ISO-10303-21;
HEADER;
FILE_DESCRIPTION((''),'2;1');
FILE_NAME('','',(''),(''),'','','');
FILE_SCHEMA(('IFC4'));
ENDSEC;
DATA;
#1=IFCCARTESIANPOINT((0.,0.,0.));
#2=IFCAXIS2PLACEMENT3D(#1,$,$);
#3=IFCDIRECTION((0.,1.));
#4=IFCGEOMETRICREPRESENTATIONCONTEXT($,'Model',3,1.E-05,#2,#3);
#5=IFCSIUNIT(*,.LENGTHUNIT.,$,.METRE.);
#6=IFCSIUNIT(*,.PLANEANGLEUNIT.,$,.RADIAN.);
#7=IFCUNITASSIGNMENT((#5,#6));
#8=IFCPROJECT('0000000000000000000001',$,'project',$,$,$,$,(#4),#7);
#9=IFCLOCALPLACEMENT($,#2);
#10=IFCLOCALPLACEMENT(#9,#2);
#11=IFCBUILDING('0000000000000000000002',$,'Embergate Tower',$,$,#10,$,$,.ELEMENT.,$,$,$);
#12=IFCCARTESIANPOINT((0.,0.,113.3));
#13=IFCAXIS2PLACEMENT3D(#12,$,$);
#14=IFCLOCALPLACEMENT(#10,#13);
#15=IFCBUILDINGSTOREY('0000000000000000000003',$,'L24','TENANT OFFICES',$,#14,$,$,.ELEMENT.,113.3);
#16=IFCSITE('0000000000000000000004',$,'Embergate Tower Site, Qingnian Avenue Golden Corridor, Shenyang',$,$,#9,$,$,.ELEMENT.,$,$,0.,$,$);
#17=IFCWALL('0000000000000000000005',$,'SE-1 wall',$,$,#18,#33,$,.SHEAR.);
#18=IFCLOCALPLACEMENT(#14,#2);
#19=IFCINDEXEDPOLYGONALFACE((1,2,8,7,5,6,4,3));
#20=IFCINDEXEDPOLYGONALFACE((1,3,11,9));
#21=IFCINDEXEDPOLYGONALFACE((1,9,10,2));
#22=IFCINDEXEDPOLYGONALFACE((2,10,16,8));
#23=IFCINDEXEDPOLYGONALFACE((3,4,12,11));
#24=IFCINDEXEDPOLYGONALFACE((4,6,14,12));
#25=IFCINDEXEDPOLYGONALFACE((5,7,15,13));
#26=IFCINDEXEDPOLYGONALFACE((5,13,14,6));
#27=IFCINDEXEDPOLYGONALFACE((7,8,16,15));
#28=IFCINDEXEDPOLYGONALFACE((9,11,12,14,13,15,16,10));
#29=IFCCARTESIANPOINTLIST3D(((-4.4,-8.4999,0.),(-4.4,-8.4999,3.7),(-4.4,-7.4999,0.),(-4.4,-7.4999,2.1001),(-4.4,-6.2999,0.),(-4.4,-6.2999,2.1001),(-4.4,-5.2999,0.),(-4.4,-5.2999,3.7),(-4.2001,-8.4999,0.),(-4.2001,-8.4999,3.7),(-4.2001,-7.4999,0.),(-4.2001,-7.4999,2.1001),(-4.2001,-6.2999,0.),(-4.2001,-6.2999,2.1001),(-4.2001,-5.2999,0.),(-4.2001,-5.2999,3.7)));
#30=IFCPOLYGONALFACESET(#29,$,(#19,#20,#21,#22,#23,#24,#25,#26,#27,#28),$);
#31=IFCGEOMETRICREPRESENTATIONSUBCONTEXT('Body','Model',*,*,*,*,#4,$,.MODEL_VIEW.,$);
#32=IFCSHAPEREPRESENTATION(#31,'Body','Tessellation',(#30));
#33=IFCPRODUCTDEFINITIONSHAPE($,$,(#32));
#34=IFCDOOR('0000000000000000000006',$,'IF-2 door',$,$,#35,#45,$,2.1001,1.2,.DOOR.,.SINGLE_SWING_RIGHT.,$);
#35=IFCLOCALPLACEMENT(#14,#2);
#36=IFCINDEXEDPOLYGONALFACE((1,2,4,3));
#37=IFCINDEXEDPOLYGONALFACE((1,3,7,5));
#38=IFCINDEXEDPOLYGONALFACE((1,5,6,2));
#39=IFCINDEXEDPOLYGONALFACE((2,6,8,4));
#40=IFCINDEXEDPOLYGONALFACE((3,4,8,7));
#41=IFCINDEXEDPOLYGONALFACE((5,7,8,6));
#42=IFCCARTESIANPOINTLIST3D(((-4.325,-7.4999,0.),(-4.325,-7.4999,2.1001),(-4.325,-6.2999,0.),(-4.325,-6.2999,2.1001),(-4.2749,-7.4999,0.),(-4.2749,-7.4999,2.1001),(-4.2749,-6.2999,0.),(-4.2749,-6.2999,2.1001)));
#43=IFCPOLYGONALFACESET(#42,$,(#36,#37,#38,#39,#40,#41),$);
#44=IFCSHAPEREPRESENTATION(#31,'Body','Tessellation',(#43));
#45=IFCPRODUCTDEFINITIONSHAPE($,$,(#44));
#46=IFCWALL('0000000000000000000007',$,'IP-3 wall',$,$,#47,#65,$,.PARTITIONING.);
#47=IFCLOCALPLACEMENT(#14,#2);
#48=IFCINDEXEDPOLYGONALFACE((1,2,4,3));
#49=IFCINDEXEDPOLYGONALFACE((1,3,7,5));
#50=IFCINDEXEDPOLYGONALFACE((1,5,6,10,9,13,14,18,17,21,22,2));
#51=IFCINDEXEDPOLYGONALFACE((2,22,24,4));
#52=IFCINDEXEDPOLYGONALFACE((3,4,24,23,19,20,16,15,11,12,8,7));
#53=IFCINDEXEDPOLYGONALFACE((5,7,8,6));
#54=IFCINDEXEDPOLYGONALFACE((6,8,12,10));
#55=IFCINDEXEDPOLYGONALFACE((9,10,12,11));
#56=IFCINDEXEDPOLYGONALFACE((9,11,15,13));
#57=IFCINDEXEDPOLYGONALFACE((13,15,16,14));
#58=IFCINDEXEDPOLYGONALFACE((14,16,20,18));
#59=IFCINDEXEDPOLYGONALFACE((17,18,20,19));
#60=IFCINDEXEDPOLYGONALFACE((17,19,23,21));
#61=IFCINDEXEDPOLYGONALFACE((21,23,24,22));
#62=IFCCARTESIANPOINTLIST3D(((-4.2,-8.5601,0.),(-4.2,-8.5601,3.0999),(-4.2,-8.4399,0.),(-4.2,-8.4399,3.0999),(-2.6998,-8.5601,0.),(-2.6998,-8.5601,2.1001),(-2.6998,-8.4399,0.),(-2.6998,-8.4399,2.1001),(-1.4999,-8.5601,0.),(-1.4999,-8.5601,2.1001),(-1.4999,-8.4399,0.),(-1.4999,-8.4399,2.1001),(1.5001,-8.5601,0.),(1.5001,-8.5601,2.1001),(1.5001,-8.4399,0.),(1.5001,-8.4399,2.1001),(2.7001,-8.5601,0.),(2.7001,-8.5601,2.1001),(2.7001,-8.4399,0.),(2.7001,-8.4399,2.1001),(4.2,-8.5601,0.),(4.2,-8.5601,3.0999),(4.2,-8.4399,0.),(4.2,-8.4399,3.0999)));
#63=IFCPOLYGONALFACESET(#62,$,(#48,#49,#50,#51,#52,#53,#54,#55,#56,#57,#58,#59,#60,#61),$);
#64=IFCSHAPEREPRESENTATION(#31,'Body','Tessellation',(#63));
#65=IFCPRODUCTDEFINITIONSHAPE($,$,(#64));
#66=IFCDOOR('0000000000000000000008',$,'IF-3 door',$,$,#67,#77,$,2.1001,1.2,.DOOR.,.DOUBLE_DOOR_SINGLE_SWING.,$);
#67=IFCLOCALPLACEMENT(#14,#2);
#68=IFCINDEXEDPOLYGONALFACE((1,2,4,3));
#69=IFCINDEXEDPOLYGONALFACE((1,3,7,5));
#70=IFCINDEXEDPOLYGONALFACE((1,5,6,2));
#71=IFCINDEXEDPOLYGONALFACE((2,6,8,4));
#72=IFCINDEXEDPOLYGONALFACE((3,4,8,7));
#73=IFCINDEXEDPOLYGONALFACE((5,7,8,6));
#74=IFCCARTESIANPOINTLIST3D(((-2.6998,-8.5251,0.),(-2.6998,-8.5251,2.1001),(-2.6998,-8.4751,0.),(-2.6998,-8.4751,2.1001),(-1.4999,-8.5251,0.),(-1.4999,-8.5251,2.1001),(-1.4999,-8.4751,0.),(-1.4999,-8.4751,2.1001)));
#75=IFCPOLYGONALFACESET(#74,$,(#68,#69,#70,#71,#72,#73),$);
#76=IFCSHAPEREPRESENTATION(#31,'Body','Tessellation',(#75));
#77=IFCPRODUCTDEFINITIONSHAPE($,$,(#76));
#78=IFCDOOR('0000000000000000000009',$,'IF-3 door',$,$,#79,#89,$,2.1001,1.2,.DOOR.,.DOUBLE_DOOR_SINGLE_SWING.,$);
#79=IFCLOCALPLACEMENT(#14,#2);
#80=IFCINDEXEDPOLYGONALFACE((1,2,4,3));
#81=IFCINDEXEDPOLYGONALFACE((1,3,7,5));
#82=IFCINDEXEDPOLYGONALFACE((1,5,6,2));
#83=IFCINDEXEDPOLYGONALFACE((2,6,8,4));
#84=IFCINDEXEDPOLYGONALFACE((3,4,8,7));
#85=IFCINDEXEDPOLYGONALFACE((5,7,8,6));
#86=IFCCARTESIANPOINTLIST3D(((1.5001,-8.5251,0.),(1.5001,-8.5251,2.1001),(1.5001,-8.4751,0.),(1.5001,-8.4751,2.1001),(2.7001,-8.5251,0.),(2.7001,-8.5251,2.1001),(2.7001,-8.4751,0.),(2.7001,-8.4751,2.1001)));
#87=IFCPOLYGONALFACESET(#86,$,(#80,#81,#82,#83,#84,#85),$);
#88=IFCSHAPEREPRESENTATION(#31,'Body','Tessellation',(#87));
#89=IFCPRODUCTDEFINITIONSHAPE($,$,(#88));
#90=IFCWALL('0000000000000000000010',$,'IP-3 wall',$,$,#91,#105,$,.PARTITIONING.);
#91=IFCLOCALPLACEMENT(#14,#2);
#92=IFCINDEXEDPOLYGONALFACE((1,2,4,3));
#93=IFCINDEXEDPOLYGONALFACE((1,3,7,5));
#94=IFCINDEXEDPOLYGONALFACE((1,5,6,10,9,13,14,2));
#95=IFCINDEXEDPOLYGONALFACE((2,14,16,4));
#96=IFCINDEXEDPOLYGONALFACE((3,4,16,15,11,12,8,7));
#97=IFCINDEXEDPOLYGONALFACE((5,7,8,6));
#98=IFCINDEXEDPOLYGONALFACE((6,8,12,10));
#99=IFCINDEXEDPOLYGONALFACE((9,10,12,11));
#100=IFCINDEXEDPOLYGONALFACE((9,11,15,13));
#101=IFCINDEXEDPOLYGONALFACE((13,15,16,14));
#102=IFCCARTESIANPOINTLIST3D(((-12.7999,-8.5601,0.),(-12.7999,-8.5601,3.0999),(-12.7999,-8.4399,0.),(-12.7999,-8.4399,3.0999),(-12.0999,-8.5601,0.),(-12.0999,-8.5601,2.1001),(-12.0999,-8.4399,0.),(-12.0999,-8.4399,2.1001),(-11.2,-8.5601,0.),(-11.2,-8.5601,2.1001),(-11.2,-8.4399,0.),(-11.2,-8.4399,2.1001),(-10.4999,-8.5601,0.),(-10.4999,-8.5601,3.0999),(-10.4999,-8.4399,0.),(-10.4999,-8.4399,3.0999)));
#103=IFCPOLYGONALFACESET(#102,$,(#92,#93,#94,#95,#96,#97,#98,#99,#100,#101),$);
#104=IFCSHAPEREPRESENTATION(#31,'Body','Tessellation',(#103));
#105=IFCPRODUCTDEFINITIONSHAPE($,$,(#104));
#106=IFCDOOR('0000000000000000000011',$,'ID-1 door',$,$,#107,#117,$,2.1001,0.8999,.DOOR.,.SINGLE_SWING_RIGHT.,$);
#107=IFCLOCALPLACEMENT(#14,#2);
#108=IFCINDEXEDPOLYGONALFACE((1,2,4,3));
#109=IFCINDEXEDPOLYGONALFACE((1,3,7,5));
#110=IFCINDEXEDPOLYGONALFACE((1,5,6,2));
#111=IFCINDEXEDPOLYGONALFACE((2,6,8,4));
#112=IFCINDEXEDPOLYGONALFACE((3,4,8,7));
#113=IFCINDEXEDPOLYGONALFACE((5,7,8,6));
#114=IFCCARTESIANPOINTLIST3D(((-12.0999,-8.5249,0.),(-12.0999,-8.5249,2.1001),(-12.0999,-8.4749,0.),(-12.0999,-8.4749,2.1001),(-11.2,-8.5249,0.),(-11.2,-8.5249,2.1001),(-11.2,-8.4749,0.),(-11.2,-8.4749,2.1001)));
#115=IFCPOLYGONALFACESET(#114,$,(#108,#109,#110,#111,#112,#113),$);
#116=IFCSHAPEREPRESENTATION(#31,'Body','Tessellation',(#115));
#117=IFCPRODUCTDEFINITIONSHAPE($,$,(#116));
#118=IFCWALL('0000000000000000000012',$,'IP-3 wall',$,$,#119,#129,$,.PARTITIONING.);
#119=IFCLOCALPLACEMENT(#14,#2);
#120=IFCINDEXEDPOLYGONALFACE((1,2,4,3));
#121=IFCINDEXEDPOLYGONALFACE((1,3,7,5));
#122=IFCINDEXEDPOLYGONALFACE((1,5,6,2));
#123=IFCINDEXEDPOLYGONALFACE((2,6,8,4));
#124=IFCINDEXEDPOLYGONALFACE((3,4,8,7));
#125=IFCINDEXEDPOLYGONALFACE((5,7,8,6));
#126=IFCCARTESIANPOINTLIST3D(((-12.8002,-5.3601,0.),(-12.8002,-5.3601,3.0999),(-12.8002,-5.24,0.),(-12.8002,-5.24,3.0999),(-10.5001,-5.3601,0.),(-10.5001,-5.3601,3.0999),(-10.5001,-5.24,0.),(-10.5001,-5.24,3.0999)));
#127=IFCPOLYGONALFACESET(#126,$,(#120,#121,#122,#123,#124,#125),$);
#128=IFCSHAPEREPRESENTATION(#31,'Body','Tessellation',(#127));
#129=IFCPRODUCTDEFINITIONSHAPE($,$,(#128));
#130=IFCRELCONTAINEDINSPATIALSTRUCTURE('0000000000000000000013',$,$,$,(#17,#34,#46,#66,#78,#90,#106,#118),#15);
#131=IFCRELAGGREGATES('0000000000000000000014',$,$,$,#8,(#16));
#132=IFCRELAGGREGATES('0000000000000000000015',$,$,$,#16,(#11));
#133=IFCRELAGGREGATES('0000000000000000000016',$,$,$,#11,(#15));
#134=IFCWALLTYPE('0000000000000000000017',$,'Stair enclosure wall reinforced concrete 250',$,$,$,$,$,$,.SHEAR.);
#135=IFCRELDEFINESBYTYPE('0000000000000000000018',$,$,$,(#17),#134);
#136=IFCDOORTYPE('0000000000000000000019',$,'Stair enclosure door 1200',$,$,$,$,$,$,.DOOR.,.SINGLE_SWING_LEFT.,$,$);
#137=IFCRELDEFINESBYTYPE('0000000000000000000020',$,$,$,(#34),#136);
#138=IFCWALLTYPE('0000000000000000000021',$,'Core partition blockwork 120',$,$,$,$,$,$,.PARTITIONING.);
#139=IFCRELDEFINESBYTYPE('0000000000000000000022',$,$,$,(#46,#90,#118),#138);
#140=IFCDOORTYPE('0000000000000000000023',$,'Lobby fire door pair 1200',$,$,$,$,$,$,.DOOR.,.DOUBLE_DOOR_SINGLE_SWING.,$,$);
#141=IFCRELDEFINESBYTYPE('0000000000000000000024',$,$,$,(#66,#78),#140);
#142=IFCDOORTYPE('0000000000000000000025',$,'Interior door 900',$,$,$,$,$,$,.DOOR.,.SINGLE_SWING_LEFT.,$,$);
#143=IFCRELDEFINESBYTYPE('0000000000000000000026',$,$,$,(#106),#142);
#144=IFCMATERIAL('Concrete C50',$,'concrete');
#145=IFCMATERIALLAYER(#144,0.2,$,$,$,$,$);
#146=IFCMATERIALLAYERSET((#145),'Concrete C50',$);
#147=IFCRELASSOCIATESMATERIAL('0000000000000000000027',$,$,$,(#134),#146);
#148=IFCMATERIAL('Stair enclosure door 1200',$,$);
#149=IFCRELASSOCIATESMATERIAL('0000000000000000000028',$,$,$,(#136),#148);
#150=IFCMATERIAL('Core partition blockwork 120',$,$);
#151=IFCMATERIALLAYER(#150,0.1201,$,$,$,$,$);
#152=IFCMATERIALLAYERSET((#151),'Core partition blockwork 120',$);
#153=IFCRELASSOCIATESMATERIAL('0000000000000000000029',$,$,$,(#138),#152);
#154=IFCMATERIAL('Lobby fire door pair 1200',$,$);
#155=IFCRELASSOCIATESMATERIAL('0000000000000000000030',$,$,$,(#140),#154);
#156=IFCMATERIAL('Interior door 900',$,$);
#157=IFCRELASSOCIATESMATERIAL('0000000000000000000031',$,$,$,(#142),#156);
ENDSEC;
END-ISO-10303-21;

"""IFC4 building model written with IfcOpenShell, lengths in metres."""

from ifc_helpers import new_model, si_unit, direction, frame, frame_2d, origin, place, context, subcontext, project, spatial, rectangle, extrude, source, transform, mapped, material, layer, layer_set, type_object, element, fill, save


model = new_model("IFC4")

# Units and contexts
model_context = context("Model", 3, precision=1e-05, world=origin(), true_north=direction((0.0, 1.0)))
body_context = subcontext(model_context, "Body", "Model", "MODEL_VIEW")
ifc_project = project(units=[si_unit("LENGTHUNIT", "METRE"), si_unit("PLANEANGLEUNIT", "RADIAN")], contexts=[model_context])

# Site, building, storey
site_placement = place(None, origin())
site = spatial("IfcSite", under=ifc_project, at=site_placement, Name="Embergate Tower Site, Qingnian Avenue Golden Corridor, Shenyang", CompositionType="ELEMENT", RefElevation=0.0)
building_placement = place(site_placement, origin())
building = spatial("IfcBuilding", under=site, at=building_placement, Name="Embergate Tower", CompositionType="ELEMENT")
storey_placement = place(building_placement, frame((0.0, 0.0, 113.3)))
storey = spatial("IfcBuildingStorey", under=building, at=storey_placement, Name="L24", Description="TENANT OFFICES", CompositionType="ELEMENT", Elevation=113.3)

# Shared definitions
ifc_material_1 = material(Name="Concrete C50", Category="concrete")
ifc_layer_1 = layer(ifc_material_1, 0.2)
ifc_layer_set_1 = layer_set([ifc_layer_1], Name="Concrete C50")
wall_type_1 = type_object("IfcWallType", Name="Stair enclosure wall reinforced concrete 250", PredefinedType="SHEAR", material=ifc_layer_set_1)

# Wall, opening, door
shared_shape_1 = source(origin(), body_context, "Body", "SweptSolid", [
    extrude(rectangle(XDim=3.2, YDim=0.2, at=frame_2d((1.6001, 0.0))), origin(), (0.0, 0.0, 1.0), 3.7),
])
wall_1_placement = place(storey_placement, frame((-4.3, -8.5, 0.0), z_axis=(0.0, 0.0, 1.0), x_axis=(0.0, 1.0, 0.0)))
wall_1 = element("IfcWall", 1, at=wall_1_placement, inside=storey, type_object=wall_type_1, Name="SE-1 wall", PredefinedType="SHEAR", context=body_context, shape_type="MappedRepresentation", body=[
    mapped(shared_shape_1, transform((0.0, 0.0, 0.0))),
])
shared_shape_2 = source(origin(), body_context, "Body", "SweptSolid", [
    extrude(rectangle(XDim=1.2, YDim=2.1001, at=frame_2d((0.6001, 1.05))), frame((0.0, 0.1099, 0.0), z_axis=(0.0, -1.0, 0.0), x_axis=(1.0, 0.0, 0.0)), (0.0, 0.0, 1.0), 0.22),
])
opening_1_placement = place(wall_1_placement, frame((1.0, 0.0, 0.0)))
opening_1 = element("IfcOpeningElement", 2, at=opening_1_placement, cuts=wall_1, PredefinedType="OPENING", context=body_context, shape_type="MappedRepresentation", body=[
    mapped(shared_shape_2, transform((0.0, 0.0, 0.0))),
])
ifc_material_2 = material(Name="Stair enclosure door 1200")
door_type_1 = type_object("IfcDoorType", Name="Stair enclosure door 1200", OperationType="SINGLE_SWING_LEFT", PredefinedType="DOOR", material=ifc_material_2)
shared_shape_3 = source(origin(), body_context, "Body", "SweptSolid", [
    extrude(rectangle(XDim=1.2, YDim=2.1001, at=frame_2d((0.6001, 1.05))), frame((0.0, 0.0249, 0.0), z_axis=(0.0, -1.0, 0.0), x_axis=(1.0, 0.0, 0.0)), (0.0, 0.0, 1.0), 0.05),
])
door_1_placement = place(opening_1_placement, origin())
door_1 = element("IfcDoor", 3, at=door_1_placement, inside=storey, type_object=door_type_1, Name="IF-2 door", OperationType="SINGLE_SWING_RIGHT", OverallHeight=2.1001, OverallWidth=1.2, PredefinedType="DOOR", context=body_context, shape_type="MappedRepresentation", body=[
    mapped(shared_shape_3, transform((0.0, 0.0, 0.0))),
])
fill(opening_1, door_1)

# Wall, openings, doors
ifc_material_3 = material(Name="Core partition blockwork 120")
ifc_layer_2 = layer(ifc_material_3, 0.1201)
ifc_layer_set_2 = layer_set([ifc_layer_2], Name="Core partition blockwork 120")
wall_type_2 = type_object("IfcWallType", Name="Core partition blockwork 120", PredefinedType="PARTITIONING", material=ifc_layer_set_2)
shared_shape_4 = source(origin(), body_context, "Body", "SweptSolid", [
    extrude(rectangle(XDim=8.3999, YDim=0.1201, at=frame_2d((4.2, 0.0))), origin(), (0.0, 0.0, 1.0), 3.0999),
])
wall_2_placement = place(storey_placement, frame((-4.2, -8.5, 0.0), z_axis=(0.0, 0.0, 1.0), x_axis=(1.0, 0.0, 0.0)))
wall_2 = element("IfcWall", 4, at=wall_2_placement, inside=storey, type_object=wall_type_2, Name="IP-3 wall", PredefinedType="PARTITIONING", context=body_context, shape_type="MappedRepresentation", body=[
    mapped(shared_shape_4, transform((0.0, 0.0, 0.0))),
])
shared_shape_5 = source(origin(), body_context, "Body", "SweptSolid", [
    extrude(rectangle(XDim=1.2, YDim=2.1001, at=frame_2d((0.6001, 1.05))), frame((0.0, 0.0701, 0.0), z_axis=(0.0, -1.0, 0.0), x_axis=(1.0, 0.0, 0.0)), (0.0, 0.0, 1.0), 0.1401),
])
opening_2_placement = place(wall_2_placement, frame((1.5, 0.0, 0.0)))
opening_2 = element("IfcOpeningElement", 5, at=opening_2_placement, cuts=wall_2, PredefinedType="OPENING", context=body_context, shape_type="MappedRepresentation", body=[
    mapped(shared_shape_5, transform((0.0, 0.0, 0.0))),
])
opening_3_placement = place(wall_2_placement, frame((5.7, 0.0, 0.0)))
opening_3 = element("IfcOpeningElement", 6, at=opening_3_placement, cuts=wall_2, PredefinedType="OPENING", context=body_context, shape_type="MappedRepresentation", body=[
    mapped(shared_shape_5, transform((0.0, 0.0, 0.0))),
])
ifc_material_4 = material(Name="Lobby fire door pair 1200")
door_type_2 = type_object("IfcDoorType", Name="Lobby fire door pair 1200", OperationType="DOUBLE_DOOR_SINGLE_SWING", PredefinedType="DOOR", material=ifc_material_4)
door_2_placement = place(opening_2_placement, origin())
door_2 = element("IfcDoor", 7, at=door_2_placement, inside=storey, type_object=door_type_2, Name="IF-3 door", OperationType="DOUBLE_DOOR_SINGLE_SWING", OverallHeight=2.1001, OverallWidth=1.2, PredefinedType="DOOR", context=body_context, shape_type="MappedRepresentation", body=[
    mapped(shared_shape_3, transform((0.0, 0.0, 0.0))),
])
fill(opening_2, door_2)
door_3_placement = place(opening_3_placement, origin())
door_3 = element("IfcDoor", 8, at=door_3_placement, inside=storey, type_object=door_type_2, Name="IF-3 door", OperationType="DOUBLE_DOOR_SINGLE_SWING", OverallHeight=2.1001, OverallWidth=1.2, PredefinedType="DOOR", context=body_context, shape_type="MappedRepresentation", body=[
    mapped(shared_shape_3, transform((0.0, 0.0, 0.0))),
])
fill(opening_3, door_3)

# Wall, opening, door
shared_shape_6 = source(origin(), body_context, "Body", "SweptSolid", [
    extrude(rectangle(XDim=2.3, YDim=0.1201, at=frame_2d((1.1499, 0.0))), origin(), (0.0, 0.0, 1.0), 3.0999),
])
wall_3_placement = place(storey_placement, frame((-10.5, -8.5, 0.0), z_axis=(0.0, 0.0, 1.0), x_axis=(-1.0, 0.0, 0.0)))
wall_3 = element("IfcWall", 9, at=wall_3_placement, inside=storey, type_object=wall_type_2, Name="IP-3 wall", PredefinedType="PARTITIONING", context=body_context, shape_type="MappedRepresentation", body=[
    mapped(shared_shape_6, transform((0.0, 0.0, 0.0))),
])
shared_shape_7 = source(origin(), body_context, "Body", "SweptSolid", [
    extrude(rectangle(XDim=0.8999, YDim=2.1001, at=frame_2d((0.45, 1.05))), frame((0.0, 0.0701, 0.0), z_axis=(0.0, -1.0, 0.0), x_axis=(1.0, 0.0, 0.0)), (0.0, 0.0, 1.0), 0.1401),
])
opening_4_placement = place(wall_3_placement, frame((0.7, 0.0, 0.0)))
opening_4 = element("IfcOpeningElement", 10, at=opening_4_placement, cuts=wall_3, PredefinedType="OPENING", context=body_context, shape_type="MappedRepresentation", body=[
    mapped(shared_shape_7, transform((0.0, 0.0, 0.0))),
])
ifc_material_5 = material(Name="Interior door 900")
door_type_3 = type_object("IfcDoorType", Name="Interior door 900", OperationType="SINGLE_SWING_LEFT", PredefinedType="DOOR", material=ifc_material_5)
shared_shape_8 = source(origin(), body_context, "Body", "SweptSolid", [
    extrude(rectangle(XDim=0.8999, YDim=2.1001, at=frame_2d((0.45, 1.05))), frame((0.0, 0.0249, 0.0), z_axis=(0.0, -1.0, 0.0), x_axis=(1.0, 0.0, 0.0)), (0.0, 0.0, 1.0), 0.05),
])
door_4_placement = place(opening_4_placement, origin())
door_4 = element("IfcDoor", 11, at=door_4_placement, inside=storey, type_object=door_type_3, Name="ID-1 door", OperationType="SINGLE_SWING_RIGHT", OverallHeight=2.1001, OverallWidth=0.8999, PredefinedType="DOOR", context=body_context, shape_type="MappedRepresentation", body=[
    mapped(shared_shape_8, transform((0.0, 0.0, 0.0))),
])
fill(opening_4, door_4)

# Wall
wall_4_placement = place(storey_placement, frame((-12.8, -5.3, 0.0), z_axis=(0.0, 0.0, 1.0), x_axis=(1.0, 0.0, 0.0)))
element("IfcWall", 12, at=wall_4_placement, inside=storey, type_object=wall_type_2, Name="IP-3 wall", PredefinedType="PARTITIONING", context=body_context, shape_type="MappedRepresentation", body=[
    mapped(shared_shape_6, transform((0.0, 0.0, 0.0))),
])

save(model, "model.ifc")
